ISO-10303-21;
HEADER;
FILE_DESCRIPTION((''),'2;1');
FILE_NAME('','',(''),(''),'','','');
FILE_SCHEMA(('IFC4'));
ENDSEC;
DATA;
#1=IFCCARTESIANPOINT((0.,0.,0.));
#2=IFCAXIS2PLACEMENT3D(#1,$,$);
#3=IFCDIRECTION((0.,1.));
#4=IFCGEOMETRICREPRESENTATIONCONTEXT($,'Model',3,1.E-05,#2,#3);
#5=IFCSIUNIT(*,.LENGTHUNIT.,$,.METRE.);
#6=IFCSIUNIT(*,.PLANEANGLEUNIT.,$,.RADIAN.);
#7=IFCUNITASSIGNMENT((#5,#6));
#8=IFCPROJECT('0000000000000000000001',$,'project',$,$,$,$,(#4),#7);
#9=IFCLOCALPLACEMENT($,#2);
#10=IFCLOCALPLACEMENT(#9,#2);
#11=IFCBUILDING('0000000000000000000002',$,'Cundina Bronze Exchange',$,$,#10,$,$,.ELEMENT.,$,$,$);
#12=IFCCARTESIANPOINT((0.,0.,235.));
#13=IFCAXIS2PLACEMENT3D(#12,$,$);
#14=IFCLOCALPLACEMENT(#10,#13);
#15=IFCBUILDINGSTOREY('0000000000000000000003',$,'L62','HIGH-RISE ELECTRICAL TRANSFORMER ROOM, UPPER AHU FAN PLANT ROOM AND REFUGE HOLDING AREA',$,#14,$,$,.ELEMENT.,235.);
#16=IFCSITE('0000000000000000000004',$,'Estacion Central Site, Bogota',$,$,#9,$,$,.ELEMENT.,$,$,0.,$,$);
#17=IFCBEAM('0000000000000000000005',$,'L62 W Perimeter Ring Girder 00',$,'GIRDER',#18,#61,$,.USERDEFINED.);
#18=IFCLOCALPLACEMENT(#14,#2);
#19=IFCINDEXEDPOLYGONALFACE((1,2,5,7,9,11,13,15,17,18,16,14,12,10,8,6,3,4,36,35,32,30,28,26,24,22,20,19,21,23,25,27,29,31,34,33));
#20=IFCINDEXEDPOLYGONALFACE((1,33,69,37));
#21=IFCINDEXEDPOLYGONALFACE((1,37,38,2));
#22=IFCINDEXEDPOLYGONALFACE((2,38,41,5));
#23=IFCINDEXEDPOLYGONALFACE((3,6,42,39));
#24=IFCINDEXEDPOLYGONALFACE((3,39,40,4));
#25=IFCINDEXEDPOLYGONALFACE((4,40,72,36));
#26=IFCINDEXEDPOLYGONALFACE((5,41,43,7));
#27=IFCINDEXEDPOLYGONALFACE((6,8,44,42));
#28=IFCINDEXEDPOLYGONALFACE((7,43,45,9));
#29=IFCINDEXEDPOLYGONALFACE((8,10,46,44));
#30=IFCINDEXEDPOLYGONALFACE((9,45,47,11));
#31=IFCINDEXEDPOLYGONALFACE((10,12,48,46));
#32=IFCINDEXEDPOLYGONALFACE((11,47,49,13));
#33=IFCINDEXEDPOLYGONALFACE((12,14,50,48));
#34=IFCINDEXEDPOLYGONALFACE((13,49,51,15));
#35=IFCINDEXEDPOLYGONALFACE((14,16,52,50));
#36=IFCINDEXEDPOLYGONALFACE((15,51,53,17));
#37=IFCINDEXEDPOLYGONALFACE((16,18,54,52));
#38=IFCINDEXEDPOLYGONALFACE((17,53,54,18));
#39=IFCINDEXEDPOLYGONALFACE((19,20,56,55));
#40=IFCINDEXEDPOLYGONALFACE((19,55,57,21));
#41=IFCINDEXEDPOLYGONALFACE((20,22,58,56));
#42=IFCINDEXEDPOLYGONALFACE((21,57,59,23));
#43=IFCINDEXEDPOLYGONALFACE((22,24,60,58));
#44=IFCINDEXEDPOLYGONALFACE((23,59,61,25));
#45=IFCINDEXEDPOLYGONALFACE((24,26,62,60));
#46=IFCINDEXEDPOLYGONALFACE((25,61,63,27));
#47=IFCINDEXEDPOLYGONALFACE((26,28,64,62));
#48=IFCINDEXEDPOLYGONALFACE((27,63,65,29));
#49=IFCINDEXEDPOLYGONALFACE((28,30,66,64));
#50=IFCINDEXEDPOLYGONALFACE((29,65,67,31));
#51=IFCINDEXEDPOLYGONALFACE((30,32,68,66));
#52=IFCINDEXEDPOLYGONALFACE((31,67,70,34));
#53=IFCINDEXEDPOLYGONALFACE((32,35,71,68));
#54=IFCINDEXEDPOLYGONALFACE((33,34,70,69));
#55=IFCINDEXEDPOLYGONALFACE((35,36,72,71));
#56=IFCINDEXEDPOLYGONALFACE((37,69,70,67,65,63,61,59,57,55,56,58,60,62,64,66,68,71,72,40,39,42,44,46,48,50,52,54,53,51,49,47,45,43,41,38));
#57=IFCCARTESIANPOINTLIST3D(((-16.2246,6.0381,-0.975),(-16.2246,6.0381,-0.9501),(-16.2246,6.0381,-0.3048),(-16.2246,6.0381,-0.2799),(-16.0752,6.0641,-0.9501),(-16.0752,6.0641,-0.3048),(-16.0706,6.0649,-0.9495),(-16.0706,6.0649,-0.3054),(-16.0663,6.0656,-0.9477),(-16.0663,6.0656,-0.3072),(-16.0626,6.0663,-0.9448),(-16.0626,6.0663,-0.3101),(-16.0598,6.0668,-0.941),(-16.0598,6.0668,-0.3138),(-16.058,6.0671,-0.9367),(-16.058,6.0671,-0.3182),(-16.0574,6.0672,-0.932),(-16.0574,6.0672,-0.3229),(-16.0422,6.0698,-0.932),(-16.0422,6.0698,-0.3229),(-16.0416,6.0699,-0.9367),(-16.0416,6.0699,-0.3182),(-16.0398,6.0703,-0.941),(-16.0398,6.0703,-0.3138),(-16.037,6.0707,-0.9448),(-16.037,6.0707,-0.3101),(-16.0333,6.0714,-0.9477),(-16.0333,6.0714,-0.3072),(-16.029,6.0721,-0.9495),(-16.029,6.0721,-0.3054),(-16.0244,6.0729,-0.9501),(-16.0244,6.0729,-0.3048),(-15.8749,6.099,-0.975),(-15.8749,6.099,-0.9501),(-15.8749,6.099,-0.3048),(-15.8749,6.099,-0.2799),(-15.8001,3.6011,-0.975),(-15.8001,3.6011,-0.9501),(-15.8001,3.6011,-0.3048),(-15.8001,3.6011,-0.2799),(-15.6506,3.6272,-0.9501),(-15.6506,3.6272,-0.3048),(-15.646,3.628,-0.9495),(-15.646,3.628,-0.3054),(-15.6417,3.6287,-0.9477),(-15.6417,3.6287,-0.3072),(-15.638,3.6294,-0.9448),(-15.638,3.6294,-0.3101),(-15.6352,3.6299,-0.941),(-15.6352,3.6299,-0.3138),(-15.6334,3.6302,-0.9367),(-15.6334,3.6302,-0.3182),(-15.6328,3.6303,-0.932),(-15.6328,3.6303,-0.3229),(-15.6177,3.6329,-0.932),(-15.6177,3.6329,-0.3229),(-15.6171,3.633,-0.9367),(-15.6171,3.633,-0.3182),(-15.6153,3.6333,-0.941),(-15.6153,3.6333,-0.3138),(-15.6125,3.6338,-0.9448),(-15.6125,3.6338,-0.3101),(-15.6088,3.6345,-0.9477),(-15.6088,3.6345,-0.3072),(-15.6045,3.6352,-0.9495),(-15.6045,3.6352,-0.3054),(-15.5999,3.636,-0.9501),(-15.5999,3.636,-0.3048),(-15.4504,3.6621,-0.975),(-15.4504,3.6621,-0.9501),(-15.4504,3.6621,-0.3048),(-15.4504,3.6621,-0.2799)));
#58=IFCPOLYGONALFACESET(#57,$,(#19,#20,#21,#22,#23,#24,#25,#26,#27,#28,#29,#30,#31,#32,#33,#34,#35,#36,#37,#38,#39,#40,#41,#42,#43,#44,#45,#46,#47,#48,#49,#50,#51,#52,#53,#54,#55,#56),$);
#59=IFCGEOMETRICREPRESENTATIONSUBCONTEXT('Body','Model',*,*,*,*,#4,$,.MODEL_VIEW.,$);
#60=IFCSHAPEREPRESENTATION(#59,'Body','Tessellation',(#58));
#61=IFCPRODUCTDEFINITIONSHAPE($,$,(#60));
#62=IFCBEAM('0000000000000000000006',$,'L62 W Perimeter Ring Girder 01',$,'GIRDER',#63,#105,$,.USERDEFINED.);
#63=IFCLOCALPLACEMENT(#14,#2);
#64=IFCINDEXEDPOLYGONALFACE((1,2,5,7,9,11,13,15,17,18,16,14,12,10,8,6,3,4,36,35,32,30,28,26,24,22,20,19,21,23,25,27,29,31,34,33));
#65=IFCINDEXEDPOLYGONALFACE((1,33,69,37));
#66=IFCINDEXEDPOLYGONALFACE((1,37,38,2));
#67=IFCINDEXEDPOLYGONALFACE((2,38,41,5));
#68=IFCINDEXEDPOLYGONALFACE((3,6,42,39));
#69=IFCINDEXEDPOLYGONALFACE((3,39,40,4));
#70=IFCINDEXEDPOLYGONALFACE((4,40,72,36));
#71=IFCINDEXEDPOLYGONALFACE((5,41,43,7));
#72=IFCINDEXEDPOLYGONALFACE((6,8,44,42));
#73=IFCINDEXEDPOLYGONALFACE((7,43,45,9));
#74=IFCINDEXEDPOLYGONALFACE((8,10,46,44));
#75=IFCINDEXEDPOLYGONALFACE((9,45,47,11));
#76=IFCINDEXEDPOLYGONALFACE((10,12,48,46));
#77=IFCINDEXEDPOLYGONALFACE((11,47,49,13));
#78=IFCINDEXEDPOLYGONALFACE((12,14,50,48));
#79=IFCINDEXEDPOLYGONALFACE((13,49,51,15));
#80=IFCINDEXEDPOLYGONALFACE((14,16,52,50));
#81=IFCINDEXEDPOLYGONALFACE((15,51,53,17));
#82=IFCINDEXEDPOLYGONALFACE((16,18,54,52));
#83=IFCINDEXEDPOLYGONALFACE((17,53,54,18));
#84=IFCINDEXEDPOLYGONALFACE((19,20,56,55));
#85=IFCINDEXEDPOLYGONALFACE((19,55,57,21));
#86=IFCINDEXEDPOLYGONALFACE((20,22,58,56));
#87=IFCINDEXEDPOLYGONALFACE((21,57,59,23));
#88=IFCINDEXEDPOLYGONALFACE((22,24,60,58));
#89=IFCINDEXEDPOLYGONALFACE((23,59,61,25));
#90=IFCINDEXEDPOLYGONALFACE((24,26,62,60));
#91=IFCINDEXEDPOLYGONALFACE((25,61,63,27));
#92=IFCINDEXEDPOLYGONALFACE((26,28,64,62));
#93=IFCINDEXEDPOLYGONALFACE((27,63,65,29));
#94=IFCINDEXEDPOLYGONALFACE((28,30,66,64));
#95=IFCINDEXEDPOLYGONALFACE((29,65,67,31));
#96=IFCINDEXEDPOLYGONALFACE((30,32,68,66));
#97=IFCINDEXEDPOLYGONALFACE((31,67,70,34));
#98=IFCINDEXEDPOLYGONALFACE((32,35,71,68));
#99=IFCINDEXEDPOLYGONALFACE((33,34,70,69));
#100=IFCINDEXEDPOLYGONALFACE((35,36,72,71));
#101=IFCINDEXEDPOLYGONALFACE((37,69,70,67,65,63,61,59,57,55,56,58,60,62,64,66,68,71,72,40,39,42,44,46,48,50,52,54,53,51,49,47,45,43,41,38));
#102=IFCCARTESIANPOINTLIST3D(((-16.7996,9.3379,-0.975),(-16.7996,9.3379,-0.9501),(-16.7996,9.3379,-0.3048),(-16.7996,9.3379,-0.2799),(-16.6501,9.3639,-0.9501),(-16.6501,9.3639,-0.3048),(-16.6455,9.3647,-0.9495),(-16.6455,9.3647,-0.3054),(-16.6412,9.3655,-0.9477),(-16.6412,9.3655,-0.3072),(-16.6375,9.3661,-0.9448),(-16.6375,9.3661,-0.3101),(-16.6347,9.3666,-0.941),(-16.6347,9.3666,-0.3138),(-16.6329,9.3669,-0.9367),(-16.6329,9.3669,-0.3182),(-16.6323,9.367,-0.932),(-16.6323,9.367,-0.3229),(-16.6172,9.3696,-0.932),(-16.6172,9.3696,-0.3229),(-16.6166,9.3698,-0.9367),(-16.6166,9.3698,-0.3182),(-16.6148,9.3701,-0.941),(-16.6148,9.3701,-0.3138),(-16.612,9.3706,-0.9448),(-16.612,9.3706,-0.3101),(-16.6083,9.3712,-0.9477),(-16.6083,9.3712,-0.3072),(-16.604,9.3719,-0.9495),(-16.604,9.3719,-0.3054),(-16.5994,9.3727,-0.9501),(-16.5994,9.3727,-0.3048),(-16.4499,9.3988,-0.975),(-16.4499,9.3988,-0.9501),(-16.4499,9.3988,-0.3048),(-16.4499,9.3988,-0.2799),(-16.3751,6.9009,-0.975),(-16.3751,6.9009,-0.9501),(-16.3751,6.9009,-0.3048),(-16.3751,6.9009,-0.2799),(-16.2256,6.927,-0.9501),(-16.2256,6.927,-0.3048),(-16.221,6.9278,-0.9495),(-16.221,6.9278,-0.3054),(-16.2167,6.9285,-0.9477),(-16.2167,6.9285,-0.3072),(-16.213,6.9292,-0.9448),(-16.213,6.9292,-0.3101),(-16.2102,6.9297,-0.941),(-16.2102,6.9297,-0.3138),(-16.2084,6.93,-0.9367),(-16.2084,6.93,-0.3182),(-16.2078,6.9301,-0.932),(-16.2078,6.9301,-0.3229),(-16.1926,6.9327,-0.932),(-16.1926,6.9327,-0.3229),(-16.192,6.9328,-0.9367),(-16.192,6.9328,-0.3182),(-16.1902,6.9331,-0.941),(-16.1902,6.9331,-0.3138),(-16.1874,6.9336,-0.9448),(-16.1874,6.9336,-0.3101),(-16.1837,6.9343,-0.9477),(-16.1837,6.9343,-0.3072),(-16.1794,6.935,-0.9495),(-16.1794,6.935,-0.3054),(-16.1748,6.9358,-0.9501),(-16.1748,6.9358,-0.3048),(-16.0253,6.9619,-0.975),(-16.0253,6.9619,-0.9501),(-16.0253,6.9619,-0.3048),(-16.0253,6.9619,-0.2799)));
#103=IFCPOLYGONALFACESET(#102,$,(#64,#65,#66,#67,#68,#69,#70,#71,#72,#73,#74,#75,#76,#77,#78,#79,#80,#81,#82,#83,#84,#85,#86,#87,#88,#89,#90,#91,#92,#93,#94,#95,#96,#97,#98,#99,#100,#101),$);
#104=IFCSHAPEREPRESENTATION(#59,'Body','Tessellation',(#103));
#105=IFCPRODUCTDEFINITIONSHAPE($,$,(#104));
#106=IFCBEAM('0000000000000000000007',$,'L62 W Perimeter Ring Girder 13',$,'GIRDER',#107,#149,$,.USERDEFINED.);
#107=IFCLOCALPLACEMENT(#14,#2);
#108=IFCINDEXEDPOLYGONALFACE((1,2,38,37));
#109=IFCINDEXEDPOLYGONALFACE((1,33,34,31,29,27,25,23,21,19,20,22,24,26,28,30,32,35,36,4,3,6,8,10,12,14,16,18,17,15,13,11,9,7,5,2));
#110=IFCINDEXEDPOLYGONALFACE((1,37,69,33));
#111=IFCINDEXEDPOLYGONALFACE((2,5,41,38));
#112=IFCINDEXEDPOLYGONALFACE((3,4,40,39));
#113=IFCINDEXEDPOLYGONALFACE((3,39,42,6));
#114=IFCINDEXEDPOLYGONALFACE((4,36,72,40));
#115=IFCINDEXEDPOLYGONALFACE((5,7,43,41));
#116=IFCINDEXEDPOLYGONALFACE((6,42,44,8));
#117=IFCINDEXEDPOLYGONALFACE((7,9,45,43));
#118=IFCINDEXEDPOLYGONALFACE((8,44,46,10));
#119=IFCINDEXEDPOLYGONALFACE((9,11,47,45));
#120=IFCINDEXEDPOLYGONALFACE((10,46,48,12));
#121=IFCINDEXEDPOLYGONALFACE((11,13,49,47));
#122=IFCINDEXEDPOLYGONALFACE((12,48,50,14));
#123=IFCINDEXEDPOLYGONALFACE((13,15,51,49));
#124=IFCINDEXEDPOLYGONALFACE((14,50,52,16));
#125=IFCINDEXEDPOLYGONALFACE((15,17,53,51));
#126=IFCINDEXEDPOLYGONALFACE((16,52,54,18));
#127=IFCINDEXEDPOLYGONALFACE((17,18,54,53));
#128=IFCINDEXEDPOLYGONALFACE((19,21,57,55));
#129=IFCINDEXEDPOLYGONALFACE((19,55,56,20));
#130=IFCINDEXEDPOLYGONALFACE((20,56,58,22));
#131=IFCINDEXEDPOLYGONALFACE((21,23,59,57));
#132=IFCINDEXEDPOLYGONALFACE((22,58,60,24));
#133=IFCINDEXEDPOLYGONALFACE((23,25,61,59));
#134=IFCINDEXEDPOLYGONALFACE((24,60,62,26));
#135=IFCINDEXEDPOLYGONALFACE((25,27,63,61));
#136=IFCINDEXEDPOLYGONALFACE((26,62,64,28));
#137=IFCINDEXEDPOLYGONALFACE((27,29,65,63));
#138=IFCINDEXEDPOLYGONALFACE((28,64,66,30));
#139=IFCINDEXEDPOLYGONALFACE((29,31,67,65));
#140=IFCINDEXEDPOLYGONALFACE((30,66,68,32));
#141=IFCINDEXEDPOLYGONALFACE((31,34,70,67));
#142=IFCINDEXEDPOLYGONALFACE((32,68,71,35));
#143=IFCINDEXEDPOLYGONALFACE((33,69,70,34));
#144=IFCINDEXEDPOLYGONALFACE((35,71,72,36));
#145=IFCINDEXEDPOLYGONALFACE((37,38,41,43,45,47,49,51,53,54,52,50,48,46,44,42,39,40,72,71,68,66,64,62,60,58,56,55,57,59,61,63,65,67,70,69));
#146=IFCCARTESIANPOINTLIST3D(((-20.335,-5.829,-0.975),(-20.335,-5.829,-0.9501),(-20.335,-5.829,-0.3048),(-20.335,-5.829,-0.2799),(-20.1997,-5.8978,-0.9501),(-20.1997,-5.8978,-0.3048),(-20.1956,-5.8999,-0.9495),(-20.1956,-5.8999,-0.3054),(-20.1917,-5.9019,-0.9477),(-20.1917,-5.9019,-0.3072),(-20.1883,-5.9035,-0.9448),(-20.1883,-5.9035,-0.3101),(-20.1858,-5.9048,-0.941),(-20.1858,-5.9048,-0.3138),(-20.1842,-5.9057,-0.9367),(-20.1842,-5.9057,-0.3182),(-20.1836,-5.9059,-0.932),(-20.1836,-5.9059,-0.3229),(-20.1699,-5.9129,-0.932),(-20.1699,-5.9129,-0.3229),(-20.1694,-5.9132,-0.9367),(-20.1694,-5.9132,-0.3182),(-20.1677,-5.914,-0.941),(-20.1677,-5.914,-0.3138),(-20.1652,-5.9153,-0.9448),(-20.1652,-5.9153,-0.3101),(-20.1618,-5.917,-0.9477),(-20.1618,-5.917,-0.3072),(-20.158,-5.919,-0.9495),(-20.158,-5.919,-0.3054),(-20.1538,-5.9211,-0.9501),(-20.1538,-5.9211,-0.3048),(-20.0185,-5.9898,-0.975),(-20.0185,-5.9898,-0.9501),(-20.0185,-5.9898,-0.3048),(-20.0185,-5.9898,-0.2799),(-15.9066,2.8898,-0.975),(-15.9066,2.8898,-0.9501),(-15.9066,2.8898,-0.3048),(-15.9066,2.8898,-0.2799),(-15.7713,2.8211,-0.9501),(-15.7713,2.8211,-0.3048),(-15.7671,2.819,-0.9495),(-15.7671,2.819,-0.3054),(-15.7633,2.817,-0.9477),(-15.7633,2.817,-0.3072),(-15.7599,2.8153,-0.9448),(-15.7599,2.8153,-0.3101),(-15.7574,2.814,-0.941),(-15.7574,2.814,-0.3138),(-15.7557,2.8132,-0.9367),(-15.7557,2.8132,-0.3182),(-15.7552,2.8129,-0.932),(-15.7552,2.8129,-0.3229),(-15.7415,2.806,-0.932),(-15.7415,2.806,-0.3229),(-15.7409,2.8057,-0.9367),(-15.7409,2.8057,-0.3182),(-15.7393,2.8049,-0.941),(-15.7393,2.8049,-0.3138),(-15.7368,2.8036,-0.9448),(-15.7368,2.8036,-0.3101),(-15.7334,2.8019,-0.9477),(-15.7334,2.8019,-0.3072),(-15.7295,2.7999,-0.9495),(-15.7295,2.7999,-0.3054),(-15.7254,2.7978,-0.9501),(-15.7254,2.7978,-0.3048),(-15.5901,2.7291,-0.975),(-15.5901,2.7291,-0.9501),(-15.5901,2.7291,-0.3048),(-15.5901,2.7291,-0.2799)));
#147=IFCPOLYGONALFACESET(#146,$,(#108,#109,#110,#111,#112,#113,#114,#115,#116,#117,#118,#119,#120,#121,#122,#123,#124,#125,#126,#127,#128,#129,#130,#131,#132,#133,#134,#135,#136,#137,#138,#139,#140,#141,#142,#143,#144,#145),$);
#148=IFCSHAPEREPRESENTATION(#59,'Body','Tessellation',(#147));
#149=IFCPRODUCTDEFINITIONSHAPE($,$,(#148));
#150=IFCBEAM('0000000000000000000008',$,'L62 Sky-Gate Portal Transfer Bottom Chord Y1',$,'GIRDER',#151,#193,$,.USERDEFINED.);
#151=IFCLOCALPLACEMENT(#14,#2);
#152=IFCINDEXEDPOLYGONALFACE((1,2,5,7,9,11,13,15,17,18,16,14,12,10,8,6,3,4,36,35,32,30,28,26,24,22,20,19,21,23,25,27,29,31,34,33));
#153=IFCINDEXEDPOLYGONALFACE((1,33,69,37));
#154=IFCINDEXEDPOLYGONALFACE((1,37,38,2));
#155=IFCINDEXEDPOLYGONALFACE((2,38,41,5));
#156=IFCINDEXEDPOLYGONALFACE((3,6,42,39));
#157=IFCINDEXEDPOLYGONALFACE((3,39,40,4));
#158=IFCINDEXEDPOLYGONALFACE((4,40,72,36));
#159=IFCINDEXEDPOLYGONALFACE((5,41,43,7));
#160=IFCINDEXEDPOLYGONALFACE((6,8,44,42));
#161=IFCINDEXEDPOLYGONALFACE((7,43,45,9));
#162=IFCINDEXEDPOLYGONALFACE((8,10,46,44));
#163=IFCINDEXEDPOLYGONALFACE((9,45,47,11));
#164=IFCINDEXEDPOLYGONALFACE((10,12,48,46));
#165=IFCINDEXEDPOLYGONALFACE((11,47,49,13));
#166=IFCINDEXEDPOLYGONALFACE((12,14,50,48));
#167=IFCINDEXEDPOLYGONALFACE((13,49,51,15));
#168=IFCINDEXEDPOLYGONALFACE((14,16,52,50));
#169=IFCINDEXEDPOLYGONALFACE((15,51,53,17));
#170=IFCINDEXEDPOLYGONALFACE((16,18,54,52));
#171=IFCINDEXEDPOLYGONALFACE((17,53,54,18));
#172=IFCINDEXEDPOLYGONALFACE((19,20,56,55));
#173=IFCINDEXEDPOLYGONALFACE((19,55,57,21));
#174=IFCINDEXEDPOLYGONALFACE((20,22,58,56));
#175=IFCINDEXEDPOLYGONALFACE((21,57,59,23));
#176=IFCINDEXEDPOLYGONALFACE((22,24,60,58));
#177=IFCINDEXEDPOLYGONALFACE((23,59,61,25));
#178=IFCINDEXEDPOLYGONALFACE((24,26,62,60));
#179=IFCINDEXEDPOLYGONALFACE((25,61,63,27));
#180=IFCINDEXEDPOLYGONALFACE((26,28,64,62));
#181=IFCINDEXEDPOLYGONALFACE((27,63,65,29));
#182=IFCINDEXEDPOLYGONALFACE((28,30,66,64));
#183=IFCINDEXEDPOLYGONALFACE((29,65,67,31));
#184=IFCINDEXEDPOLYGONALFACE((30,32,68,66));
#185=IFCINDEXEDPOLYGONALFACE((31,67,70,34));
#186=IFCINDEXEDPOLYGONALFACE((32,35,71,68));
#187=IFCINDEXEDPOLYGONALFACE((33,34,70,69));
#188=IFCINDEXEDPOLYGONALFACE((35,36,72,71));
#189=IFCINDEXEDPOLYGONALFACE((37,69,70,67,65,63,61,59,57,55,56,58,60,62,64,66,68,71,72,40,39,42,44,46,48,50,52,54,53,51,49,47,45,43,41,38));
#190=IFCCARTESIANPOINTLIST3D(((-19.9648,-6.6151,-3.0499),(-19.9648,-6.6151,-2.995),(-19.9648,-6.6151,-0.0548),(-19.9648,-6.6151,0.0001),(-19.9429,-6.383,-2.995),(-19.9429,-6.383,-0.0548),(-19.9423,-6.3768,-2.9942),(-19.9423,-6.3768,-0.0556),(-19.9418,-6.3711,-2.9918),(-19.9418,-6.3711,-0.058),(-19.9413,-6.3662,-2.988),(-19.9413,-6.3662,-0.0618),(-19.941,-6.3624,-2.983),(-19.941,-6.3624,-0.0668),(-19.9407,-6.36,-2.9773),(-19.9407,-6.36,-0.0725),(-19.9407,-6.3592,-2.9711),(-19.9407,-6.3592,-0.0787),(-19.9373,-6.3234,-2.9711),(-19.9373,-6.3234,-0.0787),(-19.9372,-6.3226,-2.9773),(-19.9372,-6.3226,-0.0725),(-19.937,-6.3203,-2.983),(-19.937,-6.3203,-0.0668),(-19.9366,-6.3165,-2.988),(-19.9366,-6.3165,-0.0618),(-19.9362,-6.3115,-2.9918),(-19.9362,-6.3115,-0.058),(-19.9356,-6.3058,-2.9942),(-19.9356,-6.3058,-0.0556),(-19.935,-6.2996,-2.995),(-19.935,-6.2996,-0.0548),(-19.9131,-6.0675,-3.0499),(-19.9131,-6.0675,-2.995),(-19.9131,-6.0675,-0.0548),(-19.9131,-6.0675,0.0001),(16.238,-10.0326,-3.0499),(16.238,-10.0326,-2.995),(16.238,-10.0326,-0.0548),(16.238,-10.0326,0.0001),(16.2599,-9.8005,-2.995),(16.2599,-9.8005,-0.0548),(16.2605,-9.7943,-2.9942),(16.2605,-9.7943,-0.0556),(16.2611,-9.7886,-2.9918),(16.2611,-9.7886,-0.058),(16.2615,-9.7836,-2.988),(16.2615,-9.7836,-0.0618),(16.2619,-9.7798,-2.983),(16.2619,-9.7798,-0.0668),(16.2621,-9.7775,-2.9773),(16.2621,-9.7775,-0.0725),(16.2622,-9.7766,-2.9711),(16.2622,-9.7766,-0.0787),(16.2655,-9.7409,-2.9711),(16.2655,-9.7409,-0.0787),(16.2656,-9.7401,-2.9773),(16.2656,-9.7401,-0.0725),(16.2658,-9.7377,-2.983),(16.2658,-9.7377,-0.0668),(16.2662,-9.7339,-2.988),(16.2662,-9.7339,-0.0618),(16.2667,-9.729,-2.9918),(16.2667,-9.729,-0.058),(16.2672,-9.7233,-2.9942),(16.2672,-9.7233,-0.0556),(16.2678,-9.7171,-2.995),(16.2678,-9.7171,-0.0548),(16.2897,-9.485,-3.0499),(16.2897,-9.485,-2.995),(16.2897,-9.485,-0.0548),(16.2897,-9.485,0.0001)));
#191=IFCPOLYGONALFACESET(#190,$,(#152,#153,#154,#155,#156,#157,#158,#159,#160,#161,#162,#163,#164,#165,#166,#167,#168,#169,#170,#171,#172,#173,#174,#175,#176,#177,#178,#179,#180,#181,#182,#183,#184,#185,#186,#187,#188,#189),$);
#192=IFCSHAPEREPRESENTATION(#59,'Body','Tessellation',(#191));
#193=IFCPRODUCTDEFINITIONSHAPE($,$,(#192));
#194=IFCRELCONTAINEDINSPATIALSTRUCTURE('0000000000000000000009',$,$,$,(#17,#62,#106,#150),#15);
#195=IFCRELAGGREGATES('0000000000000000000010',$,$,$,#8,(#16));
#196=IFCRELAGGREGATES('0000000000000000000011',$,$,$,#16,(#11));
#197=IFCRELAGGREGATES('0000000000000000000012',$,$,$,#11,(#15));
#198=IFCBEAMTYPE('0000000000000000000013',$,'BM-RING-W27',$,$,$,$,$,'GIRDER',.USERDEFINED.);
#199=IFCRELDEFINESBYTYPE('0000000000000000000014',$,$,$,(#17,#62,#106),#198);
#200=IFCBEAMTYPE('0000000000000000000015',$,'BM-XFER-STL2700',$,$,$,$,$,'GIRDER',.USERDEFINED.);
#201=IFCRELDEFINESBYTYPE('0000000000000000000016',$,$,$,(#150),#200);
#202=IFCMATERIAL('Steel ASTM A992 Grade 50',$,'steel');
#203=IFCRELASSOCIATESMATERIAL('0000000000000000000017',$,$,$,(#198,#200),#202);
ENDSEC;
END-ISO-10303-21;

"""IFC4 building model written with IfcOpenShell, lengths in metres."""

from ifc_helpers import new_model, si_unit, direction, frame, origin, origin_2d, place, context, subcontext, project, spatial, i_section, extrude, material, material_profile, profile_set, type_object, element, save


model = new_model("IFC4")

# Units and contexts
model_context = context("Model", 3, precision=1e-05, world=origin(), true_north=direction((0.0, 1.0)))
body_context = subcontext(model_context, "Body", "Model", "MODEL_VIEW")
ifc_project = project(units=[si_unit("LENGTHUNIT", "METRE"), si_unit("PLANEANGLEUNIT", "RADIAN")], contexts=[model_context])

# Site, building, storey
site_placement = place(None, origin())
site = spatial("IfcSite", under=ifc_project, at=site_placement, Name="Estacion Central Site, Bogota", CompositionType="ELEMENT", RefElevation=0.0)
building_placement = place(site_placement, origin())
building = spatial("IfcBuilding", under=site, at=building_placement, Name="Cundina Bronze Exchange", CompositionType="ELEMENT")
storey_placement = place(building_placement, frame((0.0, 0.0, 235.0)))
storey = spatial("IfcBuildingStorey", under=building, at=storey_placement, Name="L62", Description="HIGH-RISE ELECTRICAL TRANSFORMER ROOM, UPPER AHU FAN PLANT ROOM AND REFUGE HOLDING AREA", CompositionType="ELEMENT", Elevation=235.0)

# Shared definitions
ifc_material_1 = material(Name="Steel ASTM A992 Grade 50", Category="steel")

# Beams
ifc_material_profile_1 = material_profile(ifc_material_1, i_section(OverallWidth=0.355, OverallDepth=0.6951, WebThickness=0.0154, FlangeThickness=0.0249, FilletRadius=0.0181, at=origin_2d()), Name="W27X146", Category="steel")
ifc_profile_set_1 = profile_set([ifc_material_profile_1], Name="Steel ASTM A992 Grade 50")
beam_type_1 = type_object("IfcBeamType", Name="BM-RING-W27", ElementType="GIRDER", PredefinedType="USERDEFINED", material=ifc_profile_set_1)
for number, where, z_axis, x_axis, name in (
    (1, (-15.6252, 3.6316, -0.6274), (-0.171629, 0.985162, 0.0), (-0.985162, -0.171629, 0.0), "L62 W Perimeter Ring Girder 00"),
    (2, (-16.2002, 6.9314, -0.6274), (-0.171629, 0.985162, 0.0), (-0.985162, -0.171629, 0.0), "L62 W Perimeter Ring Girder 01"),
):
    element("IfcBeam", number, at=place(storey_placement, frame(where, z_axis=z_axis, x_axis=x_axis)), inside=storey, type_object=beam_type_1, Name=name, ObjectType="GIRDER", PredefinedType="USERDEFINED", context=body_context, shape_type="SweptSolid", body=[
        extrude(i_section(OverallWidth=0.355, OverallDepth=0.6951, WebThickness=0.0154, FlangeThickness=0.0249, FilletRadius=0.0181, at=origin_2d()), origin(), (0.0, 0.0, 1.0), 2.4736),
    ])
beam_1_placement = place(storey_placement, frame((-20.1768, -5.9094, -0.6274), z_axis=(0.452847, 0.891588, 0.0), x_axis=(-0.891588, 0.452847, 0.0)))
element("IfcBeam", 3, at=beam_1_placement, inside=storey, type_object=beam_type_1, Name="L62 W Perimeter Ring Girder 13", ObjectType="GIRDER", PredefinedType="USERDEFINED", context=body_context, shape_type="SweptSolid", body=[
    extrude(i_section(OverallWidth=0.355, OverallDepth=0.6951, WebThickness=0.0154, FlangeThickness=0.0249, FilletRadius=0.0181, at=origin_2d()), origin(), (0.0, 0.0, 1.0), 9.7791),
])
ifc_material_profile_2 = material_profile(ifc_material_1, i_section(OverallWidth=0.55, OverallDepth=3.05, WebThickness=0.0359, FlangeThickness=0.0549, FilletRadius=0.0239, at=origin_2d()), Name="W106X750", Category="steel")
ifc_profile_set_2 = profile_set([ifc_material_profile_2], Name="Steel ASTM A992 Grade 50")
beam_type_2 = type_object("IfcBeamType", Name="BM-XFER-STL2700", ElementType="GIRDER", PredefinedType="USERDEFINED", material=ifc_profile_set_2)
beam_2_placement = place(storey_placement, frame((-19.939, -6.3413, -1.5249), z_axis=(0.995574, -0.09398, 0.0), x_axis=(0.09398, 0.995574, 0.0)))
element("IfcBeam", 4, at=beam_2_placement, inside=storey, type_object=beam_type_2, Name="L62 Sky-Gate Portal Transfer Bottom Chord Y1", ObjectType="GIRDER", PredefinedType="USERDEFINED", context=body_context, shape_type="SweptSolid", body=[
    extrude(i_section(OverallWidth=0.55, OverallDepth=3.05, WebThickness=0.0359, FlangeThickness=0.0549, FilletRadius=0.0239, at=origin_2d()), origin(), (0.0, 0.0, 1.0), 36.3638),
])

save(model, "model.ifc")
